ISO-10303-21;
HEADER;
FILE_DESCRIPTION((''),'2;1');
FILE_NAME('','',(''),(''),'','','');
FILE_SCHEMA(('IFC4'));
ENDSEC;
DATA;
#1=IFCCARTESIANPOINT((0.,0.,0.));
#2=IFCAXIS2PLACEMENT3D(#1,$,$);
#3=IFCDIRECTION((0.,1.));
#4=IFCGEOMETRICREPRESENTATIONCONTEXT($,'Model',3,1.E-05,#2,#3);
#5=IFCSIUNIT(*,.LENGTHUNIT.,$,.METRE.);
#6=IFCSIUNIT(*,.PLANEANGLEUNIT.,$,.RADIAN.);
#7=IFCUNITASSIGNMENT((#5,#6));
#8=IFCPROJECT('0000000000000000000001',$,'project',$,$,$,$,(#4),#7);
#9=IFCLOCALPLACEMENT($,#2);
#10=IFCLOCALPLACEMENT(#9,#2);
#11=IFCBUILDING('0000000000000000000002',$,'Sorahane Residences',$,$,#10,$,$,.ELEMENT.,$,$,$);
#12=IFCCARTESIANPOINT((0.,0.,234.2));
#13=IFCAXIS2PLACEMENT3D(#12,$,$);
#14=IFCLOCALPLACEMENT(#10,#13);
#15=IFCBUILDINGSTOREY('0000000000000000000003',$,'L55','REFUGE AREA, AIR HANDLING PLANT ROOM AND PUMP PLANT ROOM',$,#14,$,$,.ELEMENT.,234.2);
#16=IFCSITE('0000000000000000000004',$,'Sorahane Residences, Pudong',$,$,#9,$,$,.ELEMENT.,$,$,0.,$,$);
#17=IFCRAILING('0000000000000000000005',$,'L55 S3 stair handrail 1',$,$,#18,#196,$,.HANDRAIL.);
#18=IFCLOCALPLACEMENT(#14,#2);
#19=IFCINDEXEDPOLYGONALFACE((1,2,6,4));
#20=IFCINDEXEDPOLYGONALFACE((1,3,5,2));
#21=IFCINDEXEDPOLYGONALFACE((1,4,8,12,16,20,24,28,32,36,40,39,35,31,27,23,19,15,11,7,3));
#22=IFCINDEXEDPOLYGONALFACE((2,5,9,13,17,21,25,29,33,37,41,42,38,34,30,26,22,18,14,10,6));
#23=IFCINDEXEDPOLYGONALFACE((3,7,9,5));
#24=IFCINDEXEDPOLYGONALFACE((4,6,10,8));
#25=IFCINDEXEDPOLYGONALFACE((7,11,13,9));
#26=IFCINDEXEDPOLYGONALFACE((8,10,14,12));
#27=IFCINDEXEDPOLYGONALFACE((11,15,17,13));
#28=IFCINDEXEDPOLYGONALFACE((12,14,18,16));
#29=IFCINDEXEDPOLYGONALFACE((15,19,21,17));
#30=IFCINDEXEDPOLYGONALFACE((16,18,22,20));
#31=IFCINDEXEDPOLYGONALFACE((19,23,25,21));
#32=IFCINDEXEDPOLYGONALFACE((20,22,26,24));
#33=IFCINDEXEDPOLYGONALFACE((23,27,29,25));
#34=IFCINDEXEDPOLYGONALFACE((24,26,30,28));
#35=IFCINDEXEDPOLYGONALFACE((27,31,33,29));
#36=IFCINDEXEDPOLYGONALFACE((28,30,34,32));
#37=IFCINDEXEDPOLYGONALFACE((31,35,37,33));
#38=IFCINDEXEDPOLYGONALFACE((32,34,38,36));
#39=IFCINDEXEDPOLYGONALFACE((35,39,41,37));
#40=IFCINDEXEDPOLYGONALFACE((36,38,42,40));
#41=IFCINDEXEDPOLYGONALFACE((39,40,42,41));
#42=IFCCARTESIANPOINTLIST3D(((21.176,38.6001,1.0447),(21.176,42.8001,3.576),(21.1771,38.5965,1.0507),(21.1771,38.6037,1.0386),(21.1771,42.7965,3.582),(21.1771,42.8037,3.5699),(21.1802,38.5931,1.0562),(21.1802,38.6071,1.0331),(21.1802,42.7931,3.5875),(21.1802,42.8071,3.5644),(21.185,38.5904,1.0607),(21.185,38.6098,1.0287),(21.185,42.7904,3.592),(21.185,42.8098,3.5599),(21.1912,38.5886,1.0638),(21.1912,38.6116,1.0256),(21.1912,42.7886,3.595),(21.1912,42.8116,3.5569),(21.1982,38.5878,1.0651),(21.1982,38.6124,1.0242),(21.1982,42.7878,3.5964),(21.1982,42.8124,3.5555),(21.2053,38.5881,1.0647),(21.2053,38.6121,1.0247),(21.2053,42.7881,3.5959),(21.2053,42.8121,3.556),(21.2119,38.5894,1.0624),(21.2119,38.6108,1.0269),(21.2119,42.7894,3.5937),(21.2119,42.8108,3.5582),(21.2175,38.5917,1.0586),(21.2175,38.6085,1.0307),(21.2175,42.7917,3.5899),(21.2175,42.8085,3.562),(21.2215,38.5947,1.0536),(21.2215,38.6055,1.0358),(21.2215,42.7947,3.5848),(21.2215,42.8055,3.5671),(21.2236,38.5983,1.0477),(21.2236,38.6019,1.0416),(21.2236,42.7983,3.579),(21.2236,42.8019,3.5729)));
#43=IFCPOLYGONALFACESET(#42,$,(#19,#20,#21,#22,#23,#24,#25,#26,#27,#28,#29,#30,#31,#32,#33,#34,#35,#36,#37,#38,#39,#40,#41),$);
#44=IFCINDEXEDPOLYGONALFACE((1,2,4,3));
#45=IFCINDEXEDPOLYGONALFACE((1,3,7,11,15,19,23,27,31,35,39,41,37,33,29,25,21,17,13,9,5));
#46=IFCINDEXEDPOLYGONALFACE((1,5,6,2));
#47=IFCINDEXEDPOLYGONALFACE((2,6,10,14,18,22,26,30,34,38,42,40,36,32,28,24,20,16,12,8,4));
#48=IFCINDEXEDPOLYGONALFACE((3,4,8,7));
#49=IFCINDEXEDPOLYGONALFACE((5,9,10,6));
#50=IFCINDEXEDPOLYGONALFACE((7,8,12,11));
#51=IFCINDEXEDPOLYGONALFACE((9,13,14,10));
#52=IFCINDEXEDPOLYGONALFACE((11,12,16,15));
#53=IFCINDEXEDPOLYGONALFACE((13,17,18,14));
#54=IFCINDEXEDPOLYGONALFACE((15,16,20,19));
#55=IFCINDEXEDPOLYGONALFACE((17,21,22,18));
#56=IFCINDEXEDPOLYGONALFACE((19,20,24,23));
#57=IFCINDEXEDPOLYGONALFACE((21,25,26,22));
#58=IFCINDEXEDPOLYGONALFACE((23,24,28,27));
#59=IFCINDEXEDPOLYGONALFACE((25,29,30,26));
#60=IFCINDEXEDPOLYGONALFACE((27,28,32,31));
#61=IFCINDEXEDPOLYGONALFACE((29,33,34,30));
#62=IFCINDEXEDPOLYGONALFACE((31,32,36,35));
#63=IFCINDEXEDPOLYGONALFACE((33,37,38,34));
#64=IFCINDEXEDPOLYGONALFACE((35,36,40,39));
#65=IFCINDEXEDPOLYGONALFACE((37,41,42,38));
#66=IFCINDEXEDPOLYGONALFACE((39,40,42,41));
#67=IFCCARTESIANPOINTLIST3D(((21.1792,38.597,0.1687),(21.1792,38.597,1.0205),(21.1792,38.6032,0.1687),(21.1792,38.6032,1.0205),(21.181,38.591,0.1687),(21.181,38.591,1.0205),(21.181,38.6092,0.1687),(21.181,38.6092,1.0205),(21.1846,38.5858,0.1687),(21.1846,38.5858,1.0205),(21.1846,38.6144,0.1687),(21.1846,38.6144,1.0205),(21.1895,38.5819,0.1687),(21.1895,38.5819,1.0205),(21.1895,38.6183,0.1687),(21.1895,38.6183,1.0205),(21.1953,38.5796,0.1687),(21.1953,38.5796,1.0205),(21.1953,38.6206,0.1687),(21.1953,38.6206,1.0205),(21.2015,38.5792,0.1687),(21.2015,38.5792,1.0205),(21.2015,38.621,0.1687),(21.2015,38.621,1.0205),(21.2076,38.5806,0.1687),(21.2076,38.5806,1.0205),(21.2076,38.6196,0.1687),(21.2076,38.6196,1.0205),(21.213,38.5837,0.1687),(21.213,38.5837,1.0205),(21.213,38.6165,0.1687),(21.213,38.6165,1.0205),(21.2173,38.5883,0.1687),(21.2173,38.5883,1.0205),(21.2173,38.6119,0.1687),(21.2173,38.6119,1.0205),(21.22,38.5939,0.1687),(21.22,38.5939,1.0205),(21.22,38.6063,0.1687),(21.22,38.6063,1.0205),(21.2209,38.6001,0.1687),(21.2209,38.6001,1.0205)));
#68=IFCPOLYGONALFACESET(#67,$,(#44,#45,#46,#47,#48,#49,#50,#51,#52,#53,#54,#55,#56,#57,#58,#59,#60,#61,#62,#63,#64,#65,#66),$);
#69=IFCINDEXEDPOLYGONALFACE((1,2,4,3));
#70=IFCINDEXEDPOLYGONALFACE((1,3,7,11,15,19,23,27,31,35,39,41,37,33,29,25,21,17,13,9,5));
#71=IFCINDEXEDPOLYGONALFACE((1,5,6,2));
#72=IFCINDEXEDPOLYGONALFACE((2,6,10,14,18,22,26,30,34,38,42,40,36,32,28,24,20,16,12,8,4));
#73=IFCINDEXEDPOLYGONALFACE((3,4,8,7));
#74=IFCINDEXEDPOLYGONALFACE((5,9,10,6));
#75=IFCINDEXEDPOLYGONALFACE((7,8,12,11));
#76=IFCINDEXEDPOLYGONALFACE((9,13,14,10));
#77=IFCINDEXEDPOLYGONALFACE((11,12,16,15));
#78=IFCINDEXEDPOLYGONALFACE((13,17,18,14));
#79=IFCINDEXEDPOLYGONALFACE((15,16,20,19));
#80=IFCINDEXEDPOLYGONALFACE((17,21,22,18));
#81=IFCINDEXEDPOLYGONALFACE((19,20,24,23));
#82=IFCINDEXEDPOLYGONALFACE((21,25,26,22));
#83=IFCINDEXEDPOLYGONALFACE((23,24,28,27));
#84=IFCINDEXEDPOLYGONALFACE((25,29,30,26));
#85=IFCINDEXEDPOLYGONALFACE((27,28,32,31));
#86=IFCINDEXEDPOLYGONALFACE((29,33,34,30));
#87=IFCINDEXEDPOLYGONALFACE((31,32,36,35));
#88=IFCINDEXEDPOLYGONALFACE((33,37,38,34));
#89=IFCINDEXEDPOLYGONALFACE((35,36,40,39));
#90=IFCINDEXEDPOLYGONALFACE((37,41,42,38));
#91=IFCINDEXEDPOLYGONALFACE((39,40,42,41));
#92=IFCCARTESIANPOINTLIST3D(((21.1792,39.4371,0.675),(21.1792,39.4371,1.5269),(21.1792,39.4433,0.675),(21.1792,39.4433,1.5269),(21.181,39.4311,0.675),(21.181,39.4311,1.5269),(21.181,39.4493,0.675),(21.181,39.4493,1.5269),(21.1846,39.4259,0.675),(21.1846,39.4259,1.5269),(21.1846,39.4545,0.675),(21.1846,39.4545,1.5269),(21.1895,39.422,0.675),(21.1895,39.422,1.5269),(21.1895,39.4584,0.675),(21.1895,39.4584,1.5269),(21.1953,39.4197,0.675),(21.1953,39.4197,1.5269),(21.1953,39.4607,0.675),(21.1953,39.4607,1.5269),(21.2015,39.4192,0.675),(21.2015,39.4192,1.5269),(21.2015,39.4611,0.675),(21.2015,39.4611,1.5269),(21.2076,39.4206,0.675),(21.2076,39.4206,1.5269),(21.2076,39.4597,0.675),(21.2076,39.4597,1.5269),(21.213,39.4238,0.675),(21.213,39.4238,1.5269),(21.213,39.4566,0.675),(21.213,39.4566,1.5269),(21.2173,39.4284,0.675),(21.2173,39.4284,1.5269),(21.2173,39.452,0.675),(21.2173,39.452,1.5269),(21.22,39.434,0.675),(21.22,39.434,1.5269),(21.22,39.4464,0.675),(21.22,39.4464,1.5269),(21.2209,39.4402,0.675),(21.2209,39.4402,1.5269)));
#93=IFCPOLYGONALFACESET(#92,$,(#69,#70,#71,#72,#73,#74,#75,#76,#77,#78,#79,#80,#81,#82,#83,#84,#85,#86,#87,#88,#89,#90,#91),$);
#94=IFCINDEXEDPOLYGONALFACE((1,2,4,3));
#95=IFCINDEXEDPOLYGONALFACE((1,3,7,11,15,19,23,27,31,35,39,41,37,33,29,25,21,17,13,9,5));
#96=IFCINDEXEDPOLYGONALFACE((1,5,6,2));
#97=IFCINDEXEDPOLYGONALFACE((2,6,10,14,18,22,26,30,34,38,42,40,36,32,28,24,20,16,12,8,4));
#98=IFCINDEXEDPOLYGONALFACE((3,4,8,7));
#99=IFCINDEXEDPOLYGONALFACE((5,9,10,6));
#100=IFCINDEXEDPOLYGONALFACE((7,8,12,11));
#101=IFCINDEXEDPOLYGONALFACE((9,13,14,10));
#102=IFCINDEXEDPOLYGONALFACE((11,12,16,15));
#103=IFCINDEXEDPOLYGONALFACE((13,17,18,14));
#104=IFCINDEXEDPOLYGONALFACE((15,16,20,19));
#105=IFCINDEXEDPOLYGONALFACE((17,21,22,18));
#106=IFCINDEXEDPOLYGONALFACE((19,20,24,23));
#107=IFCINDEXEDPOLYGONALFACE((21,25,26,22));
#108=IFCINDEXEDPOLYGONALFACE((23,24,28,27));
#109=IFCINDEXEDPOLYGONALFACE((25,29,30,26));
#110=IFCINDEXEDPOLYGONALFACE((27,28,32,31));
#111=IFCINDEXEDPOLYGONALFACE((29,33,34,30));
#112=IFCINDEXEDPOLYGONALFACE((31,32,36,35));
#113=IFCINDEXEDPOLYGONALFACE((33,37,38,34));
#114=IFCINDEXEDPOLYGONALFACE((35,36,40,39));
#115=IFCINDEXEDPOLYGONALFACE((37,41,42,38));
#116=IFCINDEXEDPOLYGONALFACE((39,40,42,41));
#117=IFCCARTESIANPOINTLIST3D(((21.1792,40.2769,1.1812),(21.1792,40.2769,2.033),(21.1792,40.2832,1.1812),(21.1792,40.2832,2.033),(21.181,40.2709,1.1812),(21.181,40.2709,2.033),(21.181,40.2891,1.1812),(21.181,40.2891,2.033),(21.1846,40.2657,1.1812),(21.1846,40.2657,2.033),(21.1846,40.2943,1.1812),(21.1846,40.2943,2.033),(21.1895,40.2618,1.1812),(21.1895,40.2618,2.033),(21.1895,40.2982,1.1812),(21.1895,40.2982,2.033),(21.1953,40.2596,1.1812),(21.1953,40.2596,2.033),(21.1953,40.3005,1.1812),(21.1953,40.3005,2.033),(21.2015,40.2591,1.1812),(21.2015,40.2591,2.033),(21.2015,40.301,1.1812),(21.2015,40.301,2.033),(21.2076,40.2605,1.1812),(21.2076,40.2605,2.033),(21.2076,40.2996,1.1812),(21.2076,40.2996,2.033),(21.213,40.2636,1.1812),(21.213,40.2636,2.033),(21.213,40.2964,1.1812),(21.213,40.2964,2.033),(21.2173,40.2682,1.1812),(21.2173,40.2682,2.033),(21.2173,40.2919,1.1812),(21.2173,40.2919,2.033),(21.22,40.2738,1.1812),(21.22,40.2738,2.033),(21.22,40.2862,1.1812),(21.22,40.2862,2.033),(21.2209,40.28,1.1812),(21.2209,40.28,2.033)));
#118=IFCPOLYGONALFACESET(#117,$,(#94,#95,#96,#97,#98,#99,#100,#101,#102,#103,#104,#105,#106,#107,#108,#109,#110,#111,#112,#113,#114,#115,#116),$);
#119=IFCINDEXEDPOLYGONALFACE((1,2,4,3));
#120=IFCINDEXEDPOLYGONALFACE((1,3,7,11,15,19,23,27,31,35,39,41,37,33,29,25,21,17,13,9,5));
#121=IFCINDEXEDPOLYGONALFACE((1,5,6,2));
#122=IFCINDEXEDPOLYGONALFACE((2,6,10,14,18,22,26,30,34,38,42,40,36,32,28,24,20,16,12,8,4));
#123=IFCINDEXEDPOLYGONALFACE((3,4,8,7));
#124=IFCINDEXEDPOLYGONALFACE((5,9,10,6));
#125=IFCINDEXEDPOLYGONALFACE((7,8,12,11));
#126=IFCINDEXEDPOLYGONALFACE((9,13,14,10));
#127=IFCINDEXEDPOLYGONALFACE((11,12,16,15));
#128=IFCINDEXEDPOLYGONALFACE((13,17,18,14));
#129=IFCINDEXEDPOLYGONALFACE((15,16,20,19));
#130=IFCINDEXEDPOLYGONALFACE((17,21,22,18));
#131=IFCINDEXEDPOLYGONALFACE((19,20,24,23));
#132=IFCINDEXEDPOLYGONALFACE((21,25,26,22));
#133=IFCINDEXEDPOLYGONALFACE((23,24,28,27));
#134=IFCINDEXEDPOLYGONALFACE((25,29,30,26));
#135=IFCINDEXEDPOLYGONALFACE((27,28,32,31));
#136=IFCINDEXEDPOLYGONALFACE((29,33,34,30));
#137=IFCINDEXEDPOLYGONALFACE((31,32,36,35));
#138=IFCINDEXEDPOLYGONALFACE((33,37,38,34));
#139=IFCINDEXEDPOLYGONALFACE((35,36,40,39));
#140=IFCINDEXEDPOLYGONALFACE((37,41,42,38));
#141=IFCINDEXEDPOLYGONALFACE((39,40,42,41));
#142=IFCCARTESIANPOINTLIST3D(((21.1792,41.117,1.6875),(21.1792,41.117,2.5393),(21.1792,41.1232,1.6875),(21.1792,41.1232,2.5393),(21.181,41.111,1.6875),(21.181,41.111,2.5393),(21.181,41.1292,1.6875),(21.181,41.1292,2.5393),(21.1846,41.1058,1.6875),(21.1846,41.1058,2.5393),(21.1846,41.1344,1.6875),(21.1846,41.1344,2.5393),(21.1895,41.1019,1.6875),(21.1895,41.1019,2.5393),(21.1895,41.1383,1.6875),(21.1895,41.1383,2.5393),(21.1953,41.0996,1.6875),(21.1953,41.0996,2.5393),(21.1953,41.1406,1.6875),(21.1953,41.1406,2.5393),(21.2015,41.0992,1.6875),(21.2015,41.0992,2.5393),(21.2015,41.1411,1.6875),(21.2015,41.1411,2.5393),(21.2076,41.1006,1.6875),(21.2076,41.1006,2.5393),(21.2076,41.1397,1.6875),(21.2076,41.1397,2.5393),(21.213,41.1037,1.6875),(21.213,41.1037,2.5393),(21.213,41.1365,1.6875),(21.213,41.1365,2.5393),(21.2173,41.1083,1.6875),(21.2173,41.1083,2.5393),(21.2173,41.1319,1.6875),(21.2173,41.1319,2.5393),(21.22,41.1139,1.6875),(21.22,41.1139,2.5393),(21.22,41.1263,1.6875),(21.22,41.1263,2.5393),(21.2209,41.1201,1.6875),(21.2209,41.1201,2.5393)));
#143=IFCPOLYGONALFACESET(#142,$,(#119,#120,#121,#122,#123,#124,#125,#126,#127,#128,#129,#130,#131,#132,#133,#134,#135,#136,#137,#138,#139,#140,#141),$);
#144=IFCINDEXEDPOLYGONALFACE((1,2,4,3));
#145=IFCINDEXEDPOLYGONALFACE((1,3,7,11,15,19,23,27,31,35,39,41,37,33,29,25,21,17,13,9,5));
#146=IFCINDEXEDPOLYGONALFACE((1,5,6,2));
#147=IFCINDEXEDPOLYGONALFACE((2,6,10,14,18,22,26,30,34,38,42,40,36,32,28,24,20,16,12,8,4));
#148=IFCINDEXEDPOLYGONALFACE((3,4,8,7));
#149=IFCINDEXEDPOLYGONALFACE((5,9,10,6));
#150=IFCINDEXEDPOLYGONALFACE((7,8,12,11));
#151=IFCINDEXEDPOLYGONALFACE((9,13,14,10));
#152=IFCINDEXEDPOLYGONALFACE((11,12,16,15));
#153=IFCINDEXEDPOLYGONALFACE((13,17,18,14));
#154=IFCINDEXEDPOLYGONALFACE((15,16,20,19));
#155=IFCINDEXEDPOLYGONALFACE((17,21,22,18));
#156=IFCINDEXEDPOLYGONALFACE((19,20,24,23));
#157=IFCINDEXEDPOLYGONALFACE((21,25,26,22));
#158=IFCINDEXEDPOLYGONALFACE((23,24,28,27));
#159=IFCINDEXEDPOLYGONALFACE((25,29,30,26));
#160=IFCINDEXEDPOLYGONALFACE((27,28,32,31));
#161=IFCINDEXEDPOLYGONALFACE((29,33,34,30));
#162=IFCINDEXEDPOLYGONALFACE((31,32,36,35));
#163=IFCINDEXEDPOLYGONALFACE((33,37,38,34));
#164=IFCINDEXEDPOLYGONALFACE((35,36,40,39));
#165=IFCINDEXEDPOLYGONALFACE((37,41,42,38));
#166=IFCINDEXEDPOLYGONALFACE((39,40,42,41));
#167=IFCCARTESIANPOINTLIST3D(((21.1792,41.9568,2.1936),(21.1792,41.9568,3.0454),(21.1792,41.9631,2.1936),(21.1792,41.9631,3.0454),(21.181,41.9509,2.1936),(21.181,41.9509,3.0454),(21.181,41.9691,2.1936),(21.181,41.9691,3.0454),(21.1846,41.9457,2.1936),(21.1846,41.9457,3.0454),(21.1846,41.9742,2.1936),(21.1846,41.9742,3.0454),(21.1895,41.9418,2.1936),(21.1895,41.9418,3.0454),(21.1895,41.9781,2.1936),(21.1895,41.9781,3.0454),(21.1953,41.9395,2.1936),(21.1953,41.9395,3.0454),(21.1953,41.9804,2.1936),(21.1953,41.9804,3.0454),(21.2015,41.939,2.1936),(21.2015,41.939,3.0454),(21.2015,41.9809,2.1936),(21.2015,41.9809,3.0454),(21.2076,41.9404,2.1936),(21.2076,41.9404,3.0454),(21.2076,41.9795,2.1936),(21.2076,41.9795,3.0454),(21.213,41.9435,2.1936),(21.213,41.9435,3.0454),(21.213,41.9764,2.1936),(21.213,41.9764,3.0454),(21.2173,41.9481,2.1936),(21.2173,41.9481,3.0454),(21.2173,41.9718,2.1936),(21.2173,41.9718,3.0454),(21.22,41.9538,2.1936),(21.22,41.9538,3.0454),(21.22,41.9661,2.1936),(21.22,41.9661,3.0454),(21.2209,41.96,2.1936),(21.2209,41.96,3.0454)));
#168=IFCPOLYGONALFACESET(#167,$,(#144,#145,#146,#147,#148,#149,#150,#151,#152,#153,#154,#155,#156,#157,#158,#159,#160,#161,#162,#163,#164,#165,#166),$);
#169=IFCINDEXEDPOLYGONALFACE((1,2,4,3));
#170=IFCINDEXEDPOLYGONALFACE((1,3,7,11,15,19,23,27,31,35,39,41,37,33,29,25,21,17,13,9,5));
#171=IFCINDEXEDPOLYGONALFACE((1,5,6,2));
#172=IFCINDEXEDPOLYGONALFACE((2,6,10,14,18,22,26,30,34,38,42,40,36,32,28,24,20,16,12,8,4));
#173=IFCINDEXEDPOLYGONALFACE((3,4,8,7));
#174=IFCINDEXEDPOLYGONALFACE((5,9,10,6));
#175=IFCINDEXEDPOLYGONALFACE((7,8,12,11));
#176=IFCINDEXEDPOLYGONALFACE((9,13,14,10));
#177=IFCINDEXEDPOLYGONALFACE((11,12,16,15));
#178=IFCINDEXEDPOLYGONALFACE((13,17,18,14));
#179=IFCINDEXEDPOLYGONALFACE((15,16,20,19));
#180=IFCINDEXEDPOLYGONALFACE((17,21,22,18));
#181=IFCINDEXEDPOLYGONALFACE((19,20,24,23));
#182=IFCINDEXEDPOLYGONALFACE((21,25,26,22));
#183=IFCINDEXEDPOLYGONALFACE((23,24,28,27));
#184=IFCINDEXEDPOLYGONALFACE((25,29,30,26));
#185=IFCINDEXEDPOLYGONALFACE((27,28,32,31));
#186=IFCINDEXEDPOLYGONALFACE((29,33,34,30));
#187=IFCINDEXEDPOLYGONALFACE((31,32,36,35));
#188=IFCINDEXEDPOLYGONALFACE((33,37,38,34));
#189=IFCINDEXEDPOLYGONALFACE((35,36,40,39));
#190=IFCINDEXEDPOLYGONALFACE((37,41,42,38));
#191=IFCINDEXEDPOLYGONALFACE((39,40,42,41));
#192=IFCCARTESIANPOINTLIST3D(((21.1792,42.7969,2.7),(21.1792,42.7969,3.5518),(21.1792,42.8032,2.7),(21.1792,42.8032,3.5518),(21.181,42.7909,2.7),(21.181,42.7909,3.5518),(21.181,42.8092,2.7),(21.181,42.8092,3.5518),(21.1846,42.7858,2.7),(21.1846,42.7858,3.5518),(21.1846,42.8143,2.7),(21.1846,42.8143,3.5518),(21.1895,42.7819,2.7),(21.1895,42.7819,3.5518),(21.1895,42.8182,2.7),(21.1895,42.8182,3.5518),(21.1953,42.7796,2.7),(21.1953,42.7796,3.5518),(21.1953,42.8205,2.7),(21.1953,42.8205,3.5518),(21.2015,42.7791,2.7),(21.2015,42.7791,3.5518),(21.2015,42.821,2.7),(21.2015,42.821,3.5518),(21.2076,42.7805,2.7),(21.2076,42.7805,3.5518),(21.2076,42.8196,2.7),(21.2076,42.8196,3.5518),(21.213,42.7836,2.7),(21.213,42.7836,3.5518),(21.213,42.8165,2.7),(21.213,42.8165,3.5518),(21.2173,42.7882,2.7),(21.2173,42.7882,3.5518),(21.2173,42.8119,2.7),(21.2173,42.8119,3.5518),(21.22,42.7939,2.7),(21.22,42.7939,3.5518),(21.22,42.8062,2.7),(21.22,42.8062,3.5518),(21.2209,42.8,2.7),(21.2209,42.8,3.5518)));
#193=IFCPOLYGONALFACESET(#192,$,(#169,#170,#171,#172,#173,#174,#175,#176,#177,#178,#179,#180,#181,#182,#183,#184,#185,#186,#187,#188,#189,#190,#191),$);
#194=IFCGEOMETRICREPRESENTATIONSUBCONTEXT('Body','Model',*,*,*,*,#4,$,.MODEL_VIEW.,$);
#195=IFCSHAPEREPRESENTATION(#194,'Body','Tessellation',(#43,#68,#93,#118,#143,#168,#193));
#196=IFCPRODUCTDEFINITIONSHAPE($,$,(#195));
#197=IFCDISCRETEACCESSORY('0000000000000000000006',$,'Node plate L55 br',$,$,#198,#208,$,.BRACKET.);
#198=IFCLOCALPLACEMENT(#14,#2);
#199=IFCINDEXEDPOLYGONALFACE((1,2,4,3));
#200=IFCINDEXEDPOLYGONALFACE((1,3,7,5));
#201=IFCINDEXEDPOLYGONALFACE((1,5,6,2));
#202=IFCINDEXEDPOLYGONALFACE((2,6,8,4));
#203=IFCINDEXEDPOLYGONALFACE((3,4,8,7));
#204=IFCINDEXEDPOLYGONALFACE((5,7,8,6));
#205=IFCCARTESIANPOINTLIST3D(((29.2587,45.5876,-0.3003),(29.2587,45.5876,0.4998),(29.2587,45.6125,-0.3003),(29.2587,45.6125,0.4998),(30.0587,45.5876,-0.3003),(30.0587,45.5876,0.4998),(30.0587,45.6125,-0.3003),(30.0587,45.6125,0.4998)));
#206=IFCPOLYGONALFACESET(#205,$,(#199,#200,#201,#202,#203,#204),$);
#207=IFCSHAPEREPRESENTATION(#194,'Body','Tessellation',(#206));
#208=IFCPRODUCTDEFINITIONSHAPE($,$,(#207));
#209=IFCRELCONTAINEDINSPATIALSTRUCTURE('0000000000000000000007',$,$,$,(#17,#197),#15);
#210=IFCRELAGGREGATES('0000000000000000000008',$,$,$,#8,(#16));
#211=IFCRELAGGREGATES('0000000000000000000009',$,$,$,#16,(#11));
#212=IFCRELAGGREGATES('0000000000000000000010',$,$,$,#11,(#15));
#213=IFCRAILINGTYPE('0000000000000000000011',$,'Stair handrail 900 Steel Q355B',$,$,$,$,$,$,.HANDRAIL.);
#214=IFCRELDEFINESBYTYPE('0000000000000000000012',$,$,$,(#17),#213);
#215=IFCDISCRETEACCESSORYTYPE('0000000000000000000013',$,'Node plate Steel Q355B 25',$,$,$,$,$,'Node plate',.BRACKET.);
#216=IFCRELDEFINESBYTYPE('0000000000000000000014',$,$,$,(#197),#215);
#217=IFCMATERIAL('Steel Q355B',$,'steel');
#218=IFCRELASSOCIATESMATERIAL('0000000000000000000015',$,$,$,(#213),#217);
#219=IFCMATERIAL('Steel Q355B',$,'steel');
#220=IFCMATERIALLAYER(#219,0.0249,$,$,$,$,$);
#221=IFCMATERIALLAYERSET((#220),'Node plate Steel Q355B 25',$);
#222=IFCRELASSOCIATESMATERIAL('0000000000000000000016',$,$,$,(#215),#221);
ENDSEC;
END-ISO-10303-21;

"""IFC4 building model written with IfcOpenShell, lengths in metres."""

from ifc_helpers import new_model, si_unit, direction, frame, origin, origin_2d, place, context, subcontext, project, spatial, rectangle, circle, extrude, material, layer, layer_set, type_object, element, save


model = new_model("IFC4")

# Units and contexts
model_context = context("Model", 3, precision=1e-05, world=origin(), true_north=direction((0.0, 1.0)))
body_context = subcontext(model_context, "Body", "Model", "MODEL_VIEW")
ifc_project = project(units=[si_unit("LENGTHUNIT", "METRE"), si_unit("PLANEANGLEUNIT", "RADIAN")], contexts=[model_context])

# Site, building, storey
site_placement = place(None, origin())
site = spatial("IfcSite", under=ifc_project, at=site_placement, Name="Sorahane Residences, Pudong", CompositionType="ELEMENT", RefElevation=0.0)
building_placement = place(site_placement, origin())
building = spatial("IfcBuilding", under=site, at=building_placement, Name="Sorahane Residences", CompositionType="ELEMENT")
storey_placement = place(building_placement, frame((0.0, 0.0, 234.2)))
storey = spatial("IfcBuildingStorey", under=building, at=storey_placement, Name="L55", Description="REFUGE AREA, AIR HANDLING PLANT ROOM AND PUMP PLANT ROOM", CompositionType="ELEMENT", Elevation=234.2)

# Railing
ifc_material_1 = material(Name="Steel Q355B", Category="steel")
railing_type_1 = type_object("IfcRailingType", Name="Stair handrail 900 Steel Q355B", PredefinedType="HANDRAIL", material=ifc_material_1)
railing_1_placement = place(storey_placement, frame((21.2, 38.6001, 0.1687)))
element("IfcRailing", 1, at=railing_1_placement, inside=storey, type_object=railing_type_1, Name="L55 S3 stair handrail 1", PredefinedType="HANDRAIL", context=body_context, shape_type="SweptSolid", body=[
    extrude(circle(Radius=0.0239, at=origin_2d()), frame((0.0, 0.0, 0.876), z_axis=(0.0, 0.856476, 0.516186), x_axis=(-1.0, 0.0, 0.0)), (0.0, 0.0, 1.0), 4.9038),
    extrude(circle(Radius=0.021, at=origin_2d()), origin(), (0.0, 0.0, 1.0), 0.8518),
    extrude(circle(Radius=0.021, at=origin_2d()), frame((0.0, 0.8401, 0.5063)), (0.0, 0.0, 1.0), 0.8518),
    extrude(circle(Radius=0.021, at=origin_2d()), frame((0.0, 1.6799, 1.0125)), (0.0, 0.0, 1.0), 0.8518),
    extrude(circle(Radius=0.021, at=origin_2d()), frame((0.0, 2.52, 1.5188)), (0.0, 0.0, 1.0), 0.8518),
    extrude(circle(Radius=0.021, at=origin_2d()), frame((0.0, 3.3599, 2.0249)), (0.0, 0.0, 1.0), 0.8518),
    extrude(circle(Radius=0.021, at=origin_2d()), frame((0.0, 4.2, 2.5312)), (0.0, 0.0, 1.0), 0.8518),
])

# Discrete accessory
ifc_material_2 = material(Name="Steel Q355B", Category="steel")
ifc_layer_1 = layer(ifc_material_2, 0.0249)
ifc_layer_set_1 = layer_set([ifc_layer_1], Name="Node plate Steel Q355B 25")
discrete_accessory_type = type_object("IfcDiscreteAccessoryType", Name="Node plate Steel Q355B 25", ElementType="Node plate", PredefinedType="BRACKET", material=ifc_layer_set_1)
for number, where, z_axis, x_axis, name in (
    (2, (29.6587, 45.6001, -0.3003), (0.0, 0.0, 1.0), (1.0, 0.0, 0.0), "Node plate L55 br"),
):
    element("IfcDiscreteAccessory", number, at=place(storey_placement, frame(where, z_axis=z_axis, x_axis=x_axis)), inside=storey, type_object=discrete_accessory_type, Name=name, PredefinedType="BRACKET", context=body_context, shape_type="SweptSolid", body=[
        extrude(rectangle(XDim=0.8, YDim=0.0249, at=origin_2d()), origin(), (0.0, 0.0, 1.0), 0.8),
    ])

save(model, "model.ifc")
